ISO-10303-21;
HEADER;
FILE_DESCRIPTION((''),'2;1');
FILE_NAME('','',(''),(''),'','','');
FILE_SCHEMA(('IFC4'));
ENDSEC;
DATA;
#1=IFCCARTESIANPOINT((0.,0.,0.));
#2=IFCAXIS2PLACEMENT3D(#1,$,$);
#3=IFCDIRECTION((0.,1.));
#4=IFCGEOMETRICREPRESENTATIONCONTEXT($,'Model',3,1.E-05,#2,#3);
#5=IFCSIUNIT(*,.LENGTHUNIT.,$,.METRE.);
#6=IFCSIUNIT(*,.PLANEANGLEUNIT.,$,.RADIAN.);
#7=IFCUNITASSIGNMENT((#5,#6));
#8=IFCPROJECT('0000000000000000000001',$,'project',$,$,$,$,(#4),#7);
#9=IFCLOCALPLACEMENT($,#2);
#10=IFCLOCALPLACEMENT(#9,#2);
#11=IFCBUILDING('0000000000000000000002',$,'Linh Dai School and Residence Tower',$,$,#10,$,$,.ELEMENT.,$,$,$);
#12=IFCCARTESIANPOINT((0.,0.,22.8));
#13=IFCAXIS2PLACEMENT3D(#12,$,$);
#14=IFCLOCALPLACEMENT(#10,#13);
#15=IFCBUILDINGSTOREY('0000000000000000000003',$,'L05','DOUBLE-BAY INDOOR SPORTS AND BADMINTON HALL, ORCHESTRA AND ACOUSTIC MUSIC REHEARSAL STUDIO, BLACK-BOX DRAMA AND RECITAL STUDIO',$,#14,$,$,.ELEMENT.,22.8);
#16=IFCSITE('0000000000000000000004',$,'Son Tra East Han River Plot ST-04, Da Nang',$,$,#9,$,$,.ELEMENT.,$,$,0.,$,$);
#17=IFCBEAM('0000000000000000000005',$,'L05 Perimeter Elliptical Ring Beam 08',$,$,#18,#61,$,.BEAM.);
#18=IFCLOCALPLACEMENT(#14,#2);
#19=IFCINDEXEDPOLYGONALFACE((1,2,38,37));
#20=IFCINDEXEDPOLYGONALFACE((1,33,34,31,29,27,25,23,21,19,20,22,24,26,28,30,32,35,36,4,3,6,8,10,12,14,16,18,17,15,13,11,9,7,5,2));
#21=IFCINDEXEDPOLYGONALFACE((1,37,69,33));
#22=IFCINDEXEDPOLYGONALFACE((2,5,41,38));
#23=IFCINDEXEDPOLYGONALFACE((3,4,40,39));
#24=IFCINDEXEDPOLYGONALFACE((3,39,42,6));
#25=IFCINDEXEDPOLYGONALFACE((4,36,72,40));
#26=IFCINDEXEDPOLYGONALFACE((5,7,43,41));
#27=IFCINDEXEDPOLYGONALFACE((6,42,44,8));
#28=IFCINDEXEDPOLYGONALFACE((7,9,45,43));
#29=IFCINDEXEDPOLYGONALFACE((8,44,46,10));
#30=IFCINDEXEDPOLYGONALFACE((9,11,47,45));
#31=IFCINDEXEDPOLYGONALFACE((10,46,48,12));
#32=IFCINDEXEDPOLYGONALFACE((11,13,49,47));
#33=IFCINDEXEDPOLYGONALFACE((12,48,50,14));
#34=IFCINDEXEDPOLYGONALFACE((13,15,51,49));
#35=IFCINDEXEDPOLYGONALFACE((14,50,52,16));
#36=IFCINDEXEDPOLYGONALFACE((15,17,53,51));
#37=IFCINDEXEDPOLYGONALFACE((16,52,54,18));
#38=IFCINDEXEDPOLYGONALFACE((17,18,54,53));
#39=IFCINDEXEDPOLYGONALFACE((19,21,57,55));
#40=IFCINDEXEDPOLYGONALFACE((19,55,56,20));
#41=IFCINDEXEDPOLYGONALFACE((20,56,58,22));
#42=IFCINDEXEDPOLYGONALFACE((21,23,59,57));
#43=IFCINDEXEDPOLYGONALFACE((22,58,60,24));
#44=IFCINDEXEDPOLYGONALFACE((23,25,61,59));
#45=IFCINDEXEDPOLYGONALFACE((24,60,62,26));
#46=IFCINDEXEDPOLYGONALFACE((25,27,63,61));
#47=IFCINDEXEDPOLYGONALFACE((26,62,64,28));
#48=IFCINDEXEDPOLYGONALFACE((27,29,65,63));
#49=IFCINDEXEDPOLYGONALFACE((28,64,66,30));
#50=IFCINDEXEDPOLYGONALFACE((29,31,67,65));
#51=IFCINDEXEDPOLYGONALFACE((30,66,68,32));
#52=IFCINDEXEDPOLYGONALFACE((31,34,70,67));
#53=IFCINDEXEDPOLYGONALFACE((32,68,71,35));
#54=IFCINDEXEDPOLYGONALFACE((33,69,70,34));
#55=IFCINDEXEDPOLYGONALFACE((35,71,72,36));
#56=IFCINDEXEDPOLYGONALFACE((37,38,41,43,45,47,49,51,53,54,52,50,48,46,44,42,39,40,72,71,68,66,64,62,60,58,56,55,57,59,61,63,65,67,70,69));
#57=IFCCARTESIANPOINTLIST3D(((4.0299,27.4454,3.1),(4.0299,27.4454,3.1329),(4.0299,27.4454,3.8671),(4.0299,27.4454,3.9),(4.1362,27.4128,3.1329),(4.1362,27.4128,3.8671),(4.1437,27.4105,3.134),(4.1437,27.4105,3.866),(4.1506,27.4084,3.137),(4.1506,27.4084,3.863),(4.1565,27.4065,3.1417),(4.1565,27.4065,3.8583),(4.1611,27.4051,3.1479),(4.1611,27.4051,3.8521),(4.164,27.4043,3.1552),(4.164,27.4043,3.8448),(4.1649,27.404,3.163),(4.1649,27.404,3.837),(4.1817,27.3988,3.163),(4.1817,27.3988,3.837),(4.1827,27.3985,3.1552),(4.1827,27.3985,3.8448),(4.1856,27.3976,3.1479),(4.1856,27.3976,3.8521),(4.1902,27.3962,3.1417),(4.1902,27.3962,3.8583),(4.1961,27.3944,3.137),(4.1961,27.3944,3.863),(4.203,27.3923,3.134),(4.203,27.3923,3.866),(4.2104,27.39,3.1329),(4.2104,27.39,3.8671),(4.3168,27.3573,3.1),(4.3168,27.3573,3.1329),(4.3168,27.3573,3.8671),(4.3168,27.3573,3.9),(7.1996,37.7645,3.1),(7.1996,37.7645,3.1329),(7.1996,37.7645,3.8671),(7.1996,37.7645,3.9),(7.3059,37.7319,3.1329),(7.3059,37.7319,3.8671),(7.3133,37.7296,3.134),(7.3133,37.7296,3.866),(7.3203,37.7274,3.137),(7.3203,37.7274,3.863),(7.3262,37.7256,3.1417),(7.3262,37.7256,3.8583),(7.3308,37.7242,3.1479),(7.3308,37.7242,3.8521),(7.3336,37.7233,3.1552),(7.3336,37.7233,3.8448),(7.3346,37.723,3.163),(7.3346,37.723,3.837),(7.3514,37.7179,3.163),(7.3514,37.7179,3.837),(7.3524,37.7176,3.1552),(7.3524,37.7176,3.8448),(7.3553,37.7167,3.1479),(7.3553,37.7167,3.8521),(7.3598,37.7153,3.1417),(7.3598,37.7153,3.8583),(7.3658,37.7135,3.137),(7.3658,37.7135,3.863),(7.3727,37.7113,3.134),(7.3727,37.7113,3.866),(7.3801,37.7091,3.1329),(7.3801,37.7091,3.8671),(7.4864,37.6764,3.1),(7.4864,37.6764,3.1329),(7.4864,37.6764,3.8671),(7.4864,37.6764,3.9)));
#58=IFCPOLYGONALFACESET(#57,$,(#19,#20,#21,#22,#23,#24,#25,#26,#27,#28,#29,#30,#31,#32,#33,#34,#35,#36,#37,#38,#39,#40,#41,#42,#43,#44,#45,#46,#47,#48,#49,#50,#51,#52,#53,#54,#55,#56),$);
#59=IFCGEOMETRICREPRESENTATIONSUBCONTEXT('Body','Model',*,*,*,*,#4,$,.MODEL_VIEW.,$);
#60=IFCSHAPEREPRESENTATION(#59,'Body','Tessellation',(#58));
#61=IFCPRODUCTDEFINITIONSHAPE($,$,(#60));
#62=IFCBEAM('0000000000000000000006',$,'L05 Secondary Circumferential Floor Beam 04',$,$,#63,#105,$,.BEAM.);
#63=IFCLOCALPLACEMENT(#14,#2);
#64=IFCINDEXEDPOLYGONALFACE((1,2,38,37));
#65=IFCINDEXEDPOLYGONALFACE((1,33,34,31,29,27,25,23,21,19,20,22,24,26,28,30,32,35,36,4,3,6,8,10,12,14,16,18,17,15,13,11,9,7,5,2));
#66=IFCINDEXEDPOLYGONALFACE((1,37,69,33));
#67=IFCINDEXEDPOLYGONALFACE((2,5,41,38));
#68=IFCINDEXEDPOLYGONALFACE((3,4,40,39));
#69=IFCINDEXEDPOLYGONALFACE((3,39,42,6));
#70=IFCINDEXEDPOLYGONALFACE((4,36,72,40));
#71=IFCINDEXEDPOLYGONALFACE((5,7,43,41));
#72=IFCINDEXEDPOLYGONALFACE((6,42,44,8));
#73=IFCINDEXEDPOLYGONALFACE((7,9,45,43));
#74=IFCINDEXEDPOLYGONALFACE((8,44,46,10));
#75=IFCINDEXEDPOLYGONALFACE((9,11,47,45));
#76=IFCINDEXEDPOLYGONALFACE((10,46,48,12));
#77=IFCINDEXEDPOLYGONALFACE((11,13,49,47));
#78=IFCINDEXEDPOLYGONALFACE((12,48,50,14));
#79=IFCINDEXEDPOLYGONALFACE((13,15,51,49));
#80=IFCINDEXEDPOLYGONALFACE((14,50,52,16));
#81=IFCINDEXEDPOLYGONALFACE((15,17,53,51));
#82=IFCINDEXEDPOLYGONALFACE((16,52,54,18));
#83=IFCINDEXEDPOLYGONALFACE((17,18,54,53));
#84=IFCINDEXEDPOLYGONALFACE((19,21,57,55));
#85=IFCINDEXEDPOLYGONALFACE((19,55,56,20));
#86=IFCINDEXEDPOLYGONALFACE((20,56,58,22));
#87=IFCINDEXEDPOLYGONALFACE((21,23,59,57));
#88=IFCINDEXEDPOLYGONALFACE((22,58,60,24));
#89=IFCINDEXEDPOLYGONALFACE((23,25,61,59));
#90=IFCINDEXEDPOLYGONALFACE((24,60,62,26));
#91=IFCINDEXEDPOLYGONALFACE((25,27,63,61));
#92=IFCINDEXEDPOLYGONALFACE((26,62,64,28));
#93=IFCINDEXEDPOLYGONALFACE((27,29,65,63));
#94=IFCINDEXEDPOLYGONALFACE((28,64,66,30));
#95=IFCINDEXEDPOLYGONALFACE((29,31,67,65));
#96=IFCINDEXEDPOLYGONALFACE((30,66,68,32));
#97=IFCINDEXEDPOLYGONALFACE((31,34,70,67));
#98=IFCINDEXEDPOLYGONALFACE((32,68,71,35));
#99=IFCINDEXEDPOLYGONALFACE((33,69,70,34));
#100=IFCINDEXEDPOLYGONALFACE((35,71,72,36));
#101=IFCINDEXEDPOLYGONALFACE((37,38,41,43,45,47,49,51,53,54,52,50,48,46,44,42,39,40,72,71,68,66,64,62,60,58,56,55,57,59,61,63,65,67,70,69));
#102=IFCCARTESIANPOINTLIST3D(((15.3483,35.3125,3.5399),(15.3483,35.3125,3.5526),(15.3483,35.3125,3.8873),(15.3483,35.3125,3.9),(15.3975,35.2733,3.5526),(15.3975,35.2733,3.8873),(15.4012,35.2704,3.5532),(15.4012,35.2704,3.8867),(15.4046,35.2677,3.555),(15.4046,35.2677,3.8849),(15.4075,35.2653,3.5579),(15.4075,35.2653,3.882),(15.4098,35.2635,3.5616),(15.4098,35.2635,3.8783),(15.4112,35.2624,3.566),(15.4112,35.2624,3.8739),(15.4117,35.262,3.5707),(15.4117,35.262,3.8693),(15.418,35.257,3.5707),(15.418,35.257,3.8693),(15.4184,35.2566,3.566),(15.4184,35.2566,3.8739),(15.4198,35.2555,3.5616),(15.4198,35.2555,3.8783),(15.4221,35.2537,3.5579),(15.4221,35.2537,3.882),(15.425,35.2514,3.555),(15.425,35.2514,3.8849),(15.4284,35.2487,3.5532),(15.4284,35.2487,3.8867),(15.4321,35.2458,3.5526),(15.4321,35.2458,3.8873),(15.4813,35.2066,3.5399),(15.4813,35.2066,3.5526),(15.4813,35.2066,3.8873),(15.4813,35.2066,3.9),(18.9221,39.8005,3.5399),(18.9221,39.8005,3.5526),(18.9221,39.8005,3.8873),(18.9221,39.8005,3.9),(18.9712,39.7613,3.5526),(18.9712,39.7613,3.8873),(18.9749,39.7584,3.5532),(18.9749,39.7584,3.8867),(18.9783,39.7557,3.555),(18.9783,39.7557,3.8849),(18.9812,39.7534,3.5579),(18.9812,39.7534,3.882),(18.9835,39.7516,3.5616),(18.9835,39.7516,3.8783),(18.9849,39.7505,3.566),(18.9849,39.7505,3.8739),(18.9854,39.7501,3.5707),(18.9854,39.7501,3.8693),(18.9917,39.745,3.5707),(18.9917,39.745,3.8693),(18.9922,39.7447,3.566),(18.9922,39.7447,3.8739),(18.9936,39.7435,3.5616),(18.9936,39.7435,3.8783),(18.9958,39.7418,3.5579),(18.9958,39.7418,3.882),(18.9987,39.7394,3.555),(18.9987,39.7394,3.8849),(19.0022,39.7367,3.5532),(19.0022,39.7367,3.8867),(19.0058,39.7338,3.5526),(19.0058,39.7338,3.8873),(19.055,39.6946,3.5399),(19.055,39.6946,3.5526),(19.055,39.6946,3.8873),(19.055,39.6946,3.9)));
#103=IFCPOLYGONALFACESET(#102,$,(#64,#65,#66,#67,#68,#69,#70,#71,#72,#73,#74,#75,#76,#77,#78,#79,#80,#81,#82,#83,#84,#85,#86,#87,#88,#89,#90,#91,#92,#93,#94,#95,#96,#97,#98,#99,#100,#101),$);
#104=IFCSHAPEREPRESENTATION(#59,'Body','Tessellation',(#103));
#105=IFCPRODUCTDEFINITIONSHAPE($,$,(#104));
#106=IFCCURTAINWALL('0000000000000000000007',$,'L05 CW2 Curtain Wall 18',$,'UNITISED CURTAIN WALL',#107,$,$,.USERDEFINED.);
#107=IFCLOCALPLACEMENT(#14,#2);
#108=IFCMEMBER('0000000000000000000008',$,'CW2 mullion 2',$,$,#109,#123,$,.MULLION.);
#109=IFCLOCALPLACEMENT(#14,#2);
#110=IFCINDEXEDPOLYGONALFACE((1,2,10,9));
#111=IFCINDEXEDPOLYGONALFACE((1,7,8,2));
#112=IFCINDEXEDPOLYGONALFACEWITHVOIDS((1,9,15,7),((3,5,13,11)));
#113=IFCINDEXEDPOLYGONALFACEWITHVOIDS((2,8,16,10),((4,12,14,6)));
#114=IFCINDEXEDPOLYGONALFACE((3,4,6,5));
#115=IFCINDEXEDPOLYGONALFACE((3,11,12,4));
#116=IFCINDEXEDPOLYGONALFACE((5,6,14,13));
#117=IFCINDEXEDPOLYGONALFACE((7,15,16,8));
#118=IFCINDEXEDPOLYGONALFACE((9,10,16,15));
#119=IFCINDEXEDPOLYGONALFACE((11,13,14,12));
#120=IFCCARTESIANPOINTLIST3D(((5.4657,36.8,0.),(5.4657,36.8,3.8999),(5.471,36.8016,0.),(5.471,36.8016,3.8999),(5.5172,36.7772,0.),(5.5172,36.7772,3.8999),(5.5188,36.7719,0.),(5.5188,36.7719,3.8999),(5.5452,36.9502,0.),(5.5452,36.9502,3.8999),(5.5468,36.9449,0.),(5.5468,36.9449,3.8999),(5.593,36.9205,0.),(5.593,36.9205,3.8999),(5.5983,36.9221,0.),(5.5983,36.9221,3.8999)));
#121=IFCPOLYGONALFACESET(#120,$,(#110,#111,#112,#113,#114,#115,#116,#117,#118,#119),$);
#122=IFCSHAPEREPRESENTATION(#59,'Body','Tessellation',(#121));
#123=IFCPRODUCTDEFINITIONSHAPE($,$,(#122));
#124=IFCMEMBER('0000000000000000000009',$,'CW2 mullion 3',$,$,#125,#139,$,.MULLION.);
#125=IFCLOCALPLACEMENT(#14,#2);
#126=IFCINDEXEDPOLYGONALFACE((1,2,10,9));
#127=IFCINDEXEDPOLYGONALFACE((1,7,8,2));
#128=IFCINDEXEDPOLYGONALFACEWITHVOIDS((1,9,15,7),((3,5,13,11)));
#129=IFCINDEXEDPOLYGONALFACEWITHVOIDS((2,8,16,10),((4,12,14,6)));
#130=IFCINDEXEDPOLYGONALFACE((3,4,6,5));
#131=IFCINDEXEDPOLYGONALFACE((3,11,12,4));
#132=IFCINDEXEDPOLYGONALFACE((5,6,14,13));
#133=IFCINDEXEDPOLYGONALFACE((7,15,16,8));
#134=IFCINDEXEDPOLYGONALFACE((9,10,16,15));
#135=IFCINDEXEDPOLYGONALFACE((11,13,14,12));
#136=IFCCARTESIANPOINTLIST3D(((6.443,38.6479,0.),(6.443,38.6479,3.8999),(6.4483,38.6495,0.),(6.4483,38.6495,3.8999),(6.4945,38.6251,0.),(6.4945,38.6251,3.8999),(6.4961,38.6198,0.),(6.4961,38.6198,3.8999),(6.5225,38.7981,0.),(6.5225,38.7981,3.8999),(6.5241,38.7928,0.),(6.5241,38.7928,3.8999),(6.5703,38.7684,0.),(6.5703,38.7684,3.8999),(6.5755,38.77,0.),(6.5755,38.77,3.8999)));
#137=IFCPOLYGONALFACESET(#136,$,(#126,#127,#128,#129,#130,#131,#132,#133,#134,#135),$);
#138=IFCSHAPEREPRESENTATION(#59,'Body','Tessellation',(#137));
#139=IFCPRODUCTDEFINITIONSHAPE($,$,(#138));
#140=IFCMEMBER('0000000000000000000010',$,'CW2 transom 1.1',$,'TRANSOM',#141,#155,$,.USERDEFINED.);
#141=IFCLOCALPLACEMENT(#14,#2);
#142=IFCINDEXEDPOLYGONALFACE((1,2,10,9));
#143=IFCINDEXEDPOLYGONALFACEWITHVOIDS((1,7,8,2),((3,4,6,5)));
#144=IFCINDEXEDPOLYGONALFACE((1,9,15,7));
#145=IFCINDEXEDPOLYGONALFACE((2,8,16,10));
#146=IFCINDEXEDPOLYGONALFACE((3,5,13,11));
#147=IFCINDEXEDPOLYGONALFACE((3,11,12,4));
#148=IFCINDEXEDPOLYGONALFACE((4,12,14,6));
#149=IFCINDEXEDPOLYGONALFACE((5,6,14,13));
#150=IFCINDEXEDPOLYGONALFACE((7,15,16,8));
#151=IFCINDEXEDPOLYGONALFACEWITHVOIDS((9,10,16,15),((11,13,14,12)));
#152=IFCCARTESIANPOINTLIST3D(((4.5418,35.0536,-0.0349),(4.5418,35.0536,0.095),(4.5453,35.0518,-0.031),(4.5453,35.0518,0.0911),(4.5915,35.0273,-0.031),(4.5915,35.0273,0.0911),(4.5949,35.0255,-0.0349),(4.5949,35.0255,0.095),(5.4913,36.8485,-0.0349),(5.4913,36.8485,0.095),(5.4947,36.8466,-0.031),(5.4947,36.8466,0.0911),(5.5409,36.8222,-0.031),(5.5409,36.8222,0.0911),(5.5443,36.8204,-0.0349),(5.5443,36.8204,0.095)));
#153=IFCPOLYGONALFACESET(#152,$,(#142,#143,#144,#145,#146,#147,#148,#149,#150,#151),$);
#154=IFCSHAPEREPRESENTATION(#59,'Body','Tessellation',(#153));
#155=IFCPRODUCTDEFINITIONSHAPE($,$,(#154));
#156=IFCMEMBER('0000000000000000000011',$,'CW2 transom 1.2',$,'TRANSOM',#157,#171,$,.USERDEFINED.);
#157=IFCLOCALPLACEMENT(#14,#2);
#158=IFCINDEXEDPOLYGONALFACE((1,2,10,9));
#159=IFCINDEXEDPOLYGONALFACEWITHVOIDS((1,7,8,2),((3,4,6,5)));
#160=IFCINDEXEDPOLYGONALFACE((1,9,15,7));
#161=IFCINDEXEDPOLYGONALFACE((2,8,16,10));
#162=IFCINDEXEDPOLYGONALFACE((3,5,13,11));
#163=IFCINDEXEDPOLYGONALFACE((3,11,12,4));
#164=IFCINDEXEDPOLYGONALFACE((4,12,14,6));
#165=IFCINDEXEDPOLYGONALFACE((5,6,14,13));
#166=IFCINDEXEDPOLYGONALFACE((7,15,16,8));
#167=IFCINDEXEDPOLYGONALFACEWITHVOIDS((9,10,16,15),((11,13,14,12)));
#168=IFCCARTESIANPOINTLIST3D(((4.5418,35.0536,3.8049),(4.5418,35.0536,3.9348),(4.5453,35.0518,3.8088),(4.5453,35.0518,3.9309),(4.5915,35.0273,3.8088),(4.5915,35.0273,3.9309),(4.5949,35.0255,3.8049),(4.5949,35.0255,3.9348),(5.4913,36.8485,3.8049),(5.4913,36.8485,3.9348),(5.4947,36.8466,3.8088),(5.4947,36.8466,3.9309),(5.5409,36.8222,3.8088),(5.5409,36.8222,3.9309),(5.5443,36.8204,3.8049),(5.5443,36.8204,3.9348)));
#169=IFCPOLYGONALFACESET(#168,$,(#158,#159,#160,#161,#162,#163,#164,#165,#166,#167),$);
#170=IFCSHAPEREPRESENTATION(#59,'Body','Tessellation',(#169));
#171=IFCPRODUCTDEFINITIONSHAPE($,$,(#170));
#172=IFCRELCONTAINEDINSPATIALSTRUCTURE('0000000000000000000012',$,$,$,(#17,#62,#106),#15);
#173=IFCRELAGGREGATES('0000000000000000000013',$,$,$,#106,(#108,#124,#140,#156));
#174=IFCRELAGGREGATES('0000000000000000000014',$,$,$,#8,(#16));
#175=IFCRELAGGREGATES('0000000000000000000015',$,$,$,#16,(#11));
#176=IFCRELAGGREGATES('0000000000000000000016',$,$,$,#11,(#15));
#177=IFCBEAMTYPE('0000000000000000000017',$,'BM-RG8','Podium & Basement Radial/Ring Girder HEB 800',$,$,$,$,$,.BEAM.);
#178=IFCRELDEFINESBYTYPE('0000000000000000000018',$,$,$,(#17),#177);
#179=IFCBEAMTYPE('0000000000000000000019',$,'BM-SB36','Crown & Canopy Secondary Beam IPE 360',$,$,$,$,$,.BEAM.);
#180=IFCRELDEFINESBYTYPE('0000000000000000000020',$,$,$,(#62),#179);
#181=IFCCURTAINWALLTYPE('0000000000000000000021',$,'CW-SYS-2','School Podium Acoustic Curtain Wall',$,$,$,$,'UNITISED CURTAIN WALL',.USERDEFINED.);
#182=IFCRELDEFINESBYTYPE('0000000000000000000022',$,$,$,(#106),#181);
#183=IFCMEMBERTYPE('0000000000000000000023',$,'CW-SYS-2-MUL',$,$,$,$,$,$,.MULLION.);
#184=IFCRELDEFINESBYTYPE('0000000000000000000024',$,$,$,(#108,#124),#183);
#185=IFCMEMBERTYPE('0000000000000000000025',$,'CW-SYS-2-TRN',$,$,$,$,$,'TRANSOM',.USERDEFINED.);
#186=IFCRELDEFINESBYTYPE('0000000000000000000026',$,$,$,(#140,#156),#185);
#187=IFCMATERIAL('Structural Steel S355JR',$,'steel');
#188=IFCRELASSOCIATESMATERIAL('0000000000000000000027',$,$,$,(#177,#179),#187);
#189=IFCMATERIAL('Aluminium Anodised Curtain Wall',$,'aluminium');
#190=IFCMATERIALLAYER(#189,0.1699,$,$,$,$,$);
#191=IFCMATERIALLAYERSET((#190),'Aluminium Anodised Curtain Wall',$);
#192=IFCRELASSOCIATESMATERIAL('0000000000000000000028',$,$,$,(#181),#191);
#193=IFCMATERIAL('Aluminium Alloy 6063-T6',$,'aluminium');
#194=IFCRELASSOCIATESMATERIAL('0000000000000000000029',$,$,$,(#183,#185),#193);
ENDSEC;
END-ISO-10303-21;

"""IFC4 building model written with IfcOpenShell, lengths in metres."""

from ifc_helpers import new_model, si_unit, direction, frame, origin, origin_2d, place, context, subcontext, project, spatial, hollow_rectangle, i_section, extrude, source, transform, mapped, material, layer, layer_set, material_profile, profile_set, type_object, element, aggregate, save


model = new_model("IFC4")

# Units and contexts
model_context = context("Model", 3, precision=1e-05, world=origin(), true_north=direction((0.0, 1.0)))
body_context = subcontext(model_context, "Body", "Model", "MODEL_VIEW")
ifc_project = project(units=[si_unit("LENGTHUNIT", "METRE"), si_unit("PLANEANGLEUNIT", "RADIAN")], contexts=[model_context])

# Site, building, storey
site_placement = place(None, origin())
site = spatial("IfcSite", under=ifc_project, at=site_placement, Name="Son Tra East Han River Plot ST-04, Da Nang", CompositionType="ELEMENT", RefElevation=0.0)
building_placement = place(site_placement, origin())
building = spatial("IfcBuilding", under=site, at=building_placement, Name="Linh Dai School and Residence Tower", CompositionType="ELEMENT")
storey_placement = place(building_placement, frame((0.0, 0.0, 22.8)))
storey = spatial("IfcBuildingStorey", under=building, at=storey_placement, Name="L05", Description="DOUBLE-BAY INDOOR SPORTS AND BADMINTON HALL, ORCHESTRA AND ACOUSTIC MUSIC REHEARSAL STUDIO, BLACK-BOX DRAMA AND RECITAL STUDIO", CompositionType="ELEMENT", Elevation=22.8)

# Shared definitions
ifc_material_1 = material(Name="Structural Steel S355JR", Category="steel")

# Beams
ifc_material_profile_1 = material_profile(ifc_material_1, i_section(OverallWidth=0.3, OverallDepth=0.8, WebThickness=0.0176, FlangeThickness=0.033, FilletRadius=0.03, at=origin_2d()), Name="HEB 800")
ifc_profile_set_1 = profile_set([ifc_material_profile_1], Name="Structural Steel S355JR")
beam_type_1 = type_object("IfcBeamType", Name="BM-RG8", Description="Podium & Basement Radial/Ring Girder HEB 800", PredefinedType="BEAM", material=ifc_profile_set_1)
beam_1_placement = place(storey_placement, frame((7.343, 37.7205, 3.5), z_axis=(-0.293627, -0.95592, 0.0), x_axis=(0.95592, -0.293627, 0.0)))
element("IfcBeam", 1, at=beam_1_placement, inside=storey, type_object=beam_type_1, Name="L05 Perimeter Elliptical Ring Beam 08", PredefinedType="BEAM", context=body_context, shape_type="SweptSolid", body=[
    extrude(i_section(OverallWidth=0.3, OverallDepth=0.8, WebThickness=0.0176, FlangeThickness=0.033, FilletRadius=0.03, at=origin_2d()), origin(), (0.0, 0.0, 1.0), 10.7949),
])
ifc_material_profile_2 = material_profile(ifc_material_1, i_section(OverallWidth=0.1699, OverallDepth=0.3601, WebThickness=0.0081, FlangeThickness=0.0127, FilletRadius=0.0181, at=origin_2d()), Name="IPE 360")
ifc_profile_set_2 = profile_set([ifc_material_profile_2], Name="Structural Steel S355JR")
beam_type_2 = type_object("IfcBeamType", Name="BM-SB36", Description="Crown & Canopy Secondary Beam IPE 360", PredefinedType="BEAM", material=ifc_profile_set_2)
beam_2_placement = place(storey_placement, frame((18.9885, 39.7476, 3.72), z_axis=(-0.622919, -0.782287, 0.0), x_axis=(0.782287, -0.622919, 0.0)))
element("IfcBeam", 2, at=beam_2_placement, inside=storey, type_object=beam_type_2, Name="L05 Secondary Circumferential Floor Beam 04", PredefinedType="BEAM", context=body_context, shape_type="SweptSolid", body=[
    extrude(i_section(OverallWidth=0.1699, OverallDepth=0.3601, WebThickness=0.0081, FlangeThickness=0.0127, FilletRadius=0.0181, at=origin_2d()), origin(), (0.0, 0.0, 1.0), 5.7371),
])

# Curtain wall, members
ifc_material_2 = material(Name="Aluminium Anodised Curtain Wall", Category="aluminium")
ifc_layer_1 = layer(ifc_material_2, 0.1699)
ifc_layer_set_1 = layer_set([ifc_layer_1], Name="Aluminium Anodised Curtain Wall")
curtain_wall_type = type_object("IfcCurtainWallType", Name="CW-SYS-2", Description="School Podium Acoustic Curtain Wall", ElementType="UNITISED CURTAIN WALL", PredefinedType="USERDEFINED", material=ifc_layer_set_1)
curtain_wall_placement = place(storey_placement, origin())
curtain_wall = element("IfcCurtainWall", 3, at=curtain_wall_placement, inside=storey, type_object=curtain_wall_type, Name="L05 CW2 Curtain Wall 18", ObjectType="UNITISED CURTAIN WALL", PredefinedType="USERDEFINED")
ifc_material_3 = material(Name="Aluminium Alloy 6063-T6", Category="aluminium")
ifc_material_profile_3 = material_profile(ifc_material_3, hollow_rectangle(XDim=0.0601, YDim=0.1699, WallThickness=0.0039, at=origin_2d()), Name="RHS 170x60x4")
ifc_profile_set_3 = profile_set([ifc_material_profile_3], Name="Aluminium Alloy 6063-T6")
member_type_1 = type_object("IfcMemberType", Name="CW-SYS-2-MUL", PredefinedType="MULLION", material=ifc_profile_set_3)
shared_shape_1 = source(origin(), body_context, "Body", "SweptSolid", [
    extrude(hollow_rectangle(XDim=0.0601, YDim=0.1699, WallThickness=0.0039, at=origin_2d()), origin(), (0.0, 0.0, 1.0), 3.8999),
])
member_1_placement = place(storey_placement, frame((5.532, 36.8611, 0.0), z_axis=(0.0, 0.0, 1.0), x_axis=(-0.883964, 0.467555, 0.0)))
member_1 = element("IfcMember", 4, at=member_1_placement, type_object=member_type_1, Name="CW2 mullion 2", PredefinedType="MULLION", context=body_context, shape_type="MappedRepresentation", body=[
    mapped(shared_shape_1, transform((0.0, 0.0, 0.0), x_axis=(1.0, 0.0, 0.0), y_axis=(0.0, 1.0, 0.0), z_axis=(0.0, 0.0, 1.0), scale=1.0)),
])
member_2_placement = place(storey_placement, frame((6.5093, 38.709, 0.0), z_axis=(0.0, 0.0, 1.0), x_axis=(-0.883964, 0.467555, 0.0)))
member_2 = element("IfcMember", 5, at=member_2_placement, type_object=member_type_1, Name="CW2 mullion 3", PredefinedType="MULLION", context=body_context, shape_type="MappedRepresentation", body=[
    mapped(shared_shape_1, transform((0.0, 0.0, 0.0), x_axis=(1.0, 0.0, 0.0), y_axis=(0.0, 1.0, 0.0), z_axis=(0.0, 0.0, 1.0), scale=1.0)),
])
ifc_material_profile_4 = material_profile(ifc_material_3, hollow_rectangle(XDim=0.0601, YDim=0.1299, WallThickness=0.0039, at=origin_2d()), Name="RHS 130x60x4")
ifc_profile_set_4 = profile_set([ifc_material_profile_4], Name="Aluminium Alloy 6063-T6")
member_type_2 = type_object("IfcMemberType", Name="CW-SYS-2-TRN", ElementType="TRANSOM", PredefinedType="USERDEFINED", material=ifc_profile_set_4)
shared_shape_2 = source(origin(), body_context, "Body", "SweptSolid", [
    extrude(hollow_rectangle(XDim=0.0601, YDim=0.1299, WallThickness=0.0039, at=origin_2d()), origin(), (0.0, 0.0, 1.0), 2.0305),
])
member_3_placement = place(storey_placement, frame((4.5684, 35.0396, 0.03), z_axis=(0.467584, 0.883949, 0.0), x_axis=(-0.883949, 0.467584, 0.0)))
member_3 = element("IfcMember", 6, at=member_3_placement, type_object=member_type_2, Name="CW2 transom 1.1", ObjectType="TRANSOM", PredefinedType="USERDEFINED", context=body_context, shape_type="MappedRepresentation", body=[
    mapped(shared_shape_2, transform((0.0, 0.0, 0.0), x_axis=(1.0, 0.0, 0.0), y_axis=(0.0, 1.0, 0.0), z_axis=(0.0, 0.0, 1.0), scale=1.0)),
])
member_4_placement = place(storey_placement, frame((4.5684, 35.0396, 3.8699), z_axis=(0.467584, 0.883949, 0.0), x_axis=(-0.883949, 0.467584, 0.0)))
member_4 = element("IfcMember", 7, at=member_4_placement, type_object=member_type_2, Name="CW2 transom 1.2", ObjectType="TRANSOM", PredefinedType="USERDEFINED", context=body_context, shape_type="MappedRepresentation", body=[
    mapped(shared_shape_2, transform((0.0, 0.0, 0.0), x_axis=(1.0, 0.0, 0.0), y_axis=(0.0, 1.0, 0.0), z_axis=(0.0, 0.0, 1.0), scale=1.0)),
])

aggregate(curtain_wall, [member_1, member_2, member_3, member_4])

save(model, "model.ifc")
